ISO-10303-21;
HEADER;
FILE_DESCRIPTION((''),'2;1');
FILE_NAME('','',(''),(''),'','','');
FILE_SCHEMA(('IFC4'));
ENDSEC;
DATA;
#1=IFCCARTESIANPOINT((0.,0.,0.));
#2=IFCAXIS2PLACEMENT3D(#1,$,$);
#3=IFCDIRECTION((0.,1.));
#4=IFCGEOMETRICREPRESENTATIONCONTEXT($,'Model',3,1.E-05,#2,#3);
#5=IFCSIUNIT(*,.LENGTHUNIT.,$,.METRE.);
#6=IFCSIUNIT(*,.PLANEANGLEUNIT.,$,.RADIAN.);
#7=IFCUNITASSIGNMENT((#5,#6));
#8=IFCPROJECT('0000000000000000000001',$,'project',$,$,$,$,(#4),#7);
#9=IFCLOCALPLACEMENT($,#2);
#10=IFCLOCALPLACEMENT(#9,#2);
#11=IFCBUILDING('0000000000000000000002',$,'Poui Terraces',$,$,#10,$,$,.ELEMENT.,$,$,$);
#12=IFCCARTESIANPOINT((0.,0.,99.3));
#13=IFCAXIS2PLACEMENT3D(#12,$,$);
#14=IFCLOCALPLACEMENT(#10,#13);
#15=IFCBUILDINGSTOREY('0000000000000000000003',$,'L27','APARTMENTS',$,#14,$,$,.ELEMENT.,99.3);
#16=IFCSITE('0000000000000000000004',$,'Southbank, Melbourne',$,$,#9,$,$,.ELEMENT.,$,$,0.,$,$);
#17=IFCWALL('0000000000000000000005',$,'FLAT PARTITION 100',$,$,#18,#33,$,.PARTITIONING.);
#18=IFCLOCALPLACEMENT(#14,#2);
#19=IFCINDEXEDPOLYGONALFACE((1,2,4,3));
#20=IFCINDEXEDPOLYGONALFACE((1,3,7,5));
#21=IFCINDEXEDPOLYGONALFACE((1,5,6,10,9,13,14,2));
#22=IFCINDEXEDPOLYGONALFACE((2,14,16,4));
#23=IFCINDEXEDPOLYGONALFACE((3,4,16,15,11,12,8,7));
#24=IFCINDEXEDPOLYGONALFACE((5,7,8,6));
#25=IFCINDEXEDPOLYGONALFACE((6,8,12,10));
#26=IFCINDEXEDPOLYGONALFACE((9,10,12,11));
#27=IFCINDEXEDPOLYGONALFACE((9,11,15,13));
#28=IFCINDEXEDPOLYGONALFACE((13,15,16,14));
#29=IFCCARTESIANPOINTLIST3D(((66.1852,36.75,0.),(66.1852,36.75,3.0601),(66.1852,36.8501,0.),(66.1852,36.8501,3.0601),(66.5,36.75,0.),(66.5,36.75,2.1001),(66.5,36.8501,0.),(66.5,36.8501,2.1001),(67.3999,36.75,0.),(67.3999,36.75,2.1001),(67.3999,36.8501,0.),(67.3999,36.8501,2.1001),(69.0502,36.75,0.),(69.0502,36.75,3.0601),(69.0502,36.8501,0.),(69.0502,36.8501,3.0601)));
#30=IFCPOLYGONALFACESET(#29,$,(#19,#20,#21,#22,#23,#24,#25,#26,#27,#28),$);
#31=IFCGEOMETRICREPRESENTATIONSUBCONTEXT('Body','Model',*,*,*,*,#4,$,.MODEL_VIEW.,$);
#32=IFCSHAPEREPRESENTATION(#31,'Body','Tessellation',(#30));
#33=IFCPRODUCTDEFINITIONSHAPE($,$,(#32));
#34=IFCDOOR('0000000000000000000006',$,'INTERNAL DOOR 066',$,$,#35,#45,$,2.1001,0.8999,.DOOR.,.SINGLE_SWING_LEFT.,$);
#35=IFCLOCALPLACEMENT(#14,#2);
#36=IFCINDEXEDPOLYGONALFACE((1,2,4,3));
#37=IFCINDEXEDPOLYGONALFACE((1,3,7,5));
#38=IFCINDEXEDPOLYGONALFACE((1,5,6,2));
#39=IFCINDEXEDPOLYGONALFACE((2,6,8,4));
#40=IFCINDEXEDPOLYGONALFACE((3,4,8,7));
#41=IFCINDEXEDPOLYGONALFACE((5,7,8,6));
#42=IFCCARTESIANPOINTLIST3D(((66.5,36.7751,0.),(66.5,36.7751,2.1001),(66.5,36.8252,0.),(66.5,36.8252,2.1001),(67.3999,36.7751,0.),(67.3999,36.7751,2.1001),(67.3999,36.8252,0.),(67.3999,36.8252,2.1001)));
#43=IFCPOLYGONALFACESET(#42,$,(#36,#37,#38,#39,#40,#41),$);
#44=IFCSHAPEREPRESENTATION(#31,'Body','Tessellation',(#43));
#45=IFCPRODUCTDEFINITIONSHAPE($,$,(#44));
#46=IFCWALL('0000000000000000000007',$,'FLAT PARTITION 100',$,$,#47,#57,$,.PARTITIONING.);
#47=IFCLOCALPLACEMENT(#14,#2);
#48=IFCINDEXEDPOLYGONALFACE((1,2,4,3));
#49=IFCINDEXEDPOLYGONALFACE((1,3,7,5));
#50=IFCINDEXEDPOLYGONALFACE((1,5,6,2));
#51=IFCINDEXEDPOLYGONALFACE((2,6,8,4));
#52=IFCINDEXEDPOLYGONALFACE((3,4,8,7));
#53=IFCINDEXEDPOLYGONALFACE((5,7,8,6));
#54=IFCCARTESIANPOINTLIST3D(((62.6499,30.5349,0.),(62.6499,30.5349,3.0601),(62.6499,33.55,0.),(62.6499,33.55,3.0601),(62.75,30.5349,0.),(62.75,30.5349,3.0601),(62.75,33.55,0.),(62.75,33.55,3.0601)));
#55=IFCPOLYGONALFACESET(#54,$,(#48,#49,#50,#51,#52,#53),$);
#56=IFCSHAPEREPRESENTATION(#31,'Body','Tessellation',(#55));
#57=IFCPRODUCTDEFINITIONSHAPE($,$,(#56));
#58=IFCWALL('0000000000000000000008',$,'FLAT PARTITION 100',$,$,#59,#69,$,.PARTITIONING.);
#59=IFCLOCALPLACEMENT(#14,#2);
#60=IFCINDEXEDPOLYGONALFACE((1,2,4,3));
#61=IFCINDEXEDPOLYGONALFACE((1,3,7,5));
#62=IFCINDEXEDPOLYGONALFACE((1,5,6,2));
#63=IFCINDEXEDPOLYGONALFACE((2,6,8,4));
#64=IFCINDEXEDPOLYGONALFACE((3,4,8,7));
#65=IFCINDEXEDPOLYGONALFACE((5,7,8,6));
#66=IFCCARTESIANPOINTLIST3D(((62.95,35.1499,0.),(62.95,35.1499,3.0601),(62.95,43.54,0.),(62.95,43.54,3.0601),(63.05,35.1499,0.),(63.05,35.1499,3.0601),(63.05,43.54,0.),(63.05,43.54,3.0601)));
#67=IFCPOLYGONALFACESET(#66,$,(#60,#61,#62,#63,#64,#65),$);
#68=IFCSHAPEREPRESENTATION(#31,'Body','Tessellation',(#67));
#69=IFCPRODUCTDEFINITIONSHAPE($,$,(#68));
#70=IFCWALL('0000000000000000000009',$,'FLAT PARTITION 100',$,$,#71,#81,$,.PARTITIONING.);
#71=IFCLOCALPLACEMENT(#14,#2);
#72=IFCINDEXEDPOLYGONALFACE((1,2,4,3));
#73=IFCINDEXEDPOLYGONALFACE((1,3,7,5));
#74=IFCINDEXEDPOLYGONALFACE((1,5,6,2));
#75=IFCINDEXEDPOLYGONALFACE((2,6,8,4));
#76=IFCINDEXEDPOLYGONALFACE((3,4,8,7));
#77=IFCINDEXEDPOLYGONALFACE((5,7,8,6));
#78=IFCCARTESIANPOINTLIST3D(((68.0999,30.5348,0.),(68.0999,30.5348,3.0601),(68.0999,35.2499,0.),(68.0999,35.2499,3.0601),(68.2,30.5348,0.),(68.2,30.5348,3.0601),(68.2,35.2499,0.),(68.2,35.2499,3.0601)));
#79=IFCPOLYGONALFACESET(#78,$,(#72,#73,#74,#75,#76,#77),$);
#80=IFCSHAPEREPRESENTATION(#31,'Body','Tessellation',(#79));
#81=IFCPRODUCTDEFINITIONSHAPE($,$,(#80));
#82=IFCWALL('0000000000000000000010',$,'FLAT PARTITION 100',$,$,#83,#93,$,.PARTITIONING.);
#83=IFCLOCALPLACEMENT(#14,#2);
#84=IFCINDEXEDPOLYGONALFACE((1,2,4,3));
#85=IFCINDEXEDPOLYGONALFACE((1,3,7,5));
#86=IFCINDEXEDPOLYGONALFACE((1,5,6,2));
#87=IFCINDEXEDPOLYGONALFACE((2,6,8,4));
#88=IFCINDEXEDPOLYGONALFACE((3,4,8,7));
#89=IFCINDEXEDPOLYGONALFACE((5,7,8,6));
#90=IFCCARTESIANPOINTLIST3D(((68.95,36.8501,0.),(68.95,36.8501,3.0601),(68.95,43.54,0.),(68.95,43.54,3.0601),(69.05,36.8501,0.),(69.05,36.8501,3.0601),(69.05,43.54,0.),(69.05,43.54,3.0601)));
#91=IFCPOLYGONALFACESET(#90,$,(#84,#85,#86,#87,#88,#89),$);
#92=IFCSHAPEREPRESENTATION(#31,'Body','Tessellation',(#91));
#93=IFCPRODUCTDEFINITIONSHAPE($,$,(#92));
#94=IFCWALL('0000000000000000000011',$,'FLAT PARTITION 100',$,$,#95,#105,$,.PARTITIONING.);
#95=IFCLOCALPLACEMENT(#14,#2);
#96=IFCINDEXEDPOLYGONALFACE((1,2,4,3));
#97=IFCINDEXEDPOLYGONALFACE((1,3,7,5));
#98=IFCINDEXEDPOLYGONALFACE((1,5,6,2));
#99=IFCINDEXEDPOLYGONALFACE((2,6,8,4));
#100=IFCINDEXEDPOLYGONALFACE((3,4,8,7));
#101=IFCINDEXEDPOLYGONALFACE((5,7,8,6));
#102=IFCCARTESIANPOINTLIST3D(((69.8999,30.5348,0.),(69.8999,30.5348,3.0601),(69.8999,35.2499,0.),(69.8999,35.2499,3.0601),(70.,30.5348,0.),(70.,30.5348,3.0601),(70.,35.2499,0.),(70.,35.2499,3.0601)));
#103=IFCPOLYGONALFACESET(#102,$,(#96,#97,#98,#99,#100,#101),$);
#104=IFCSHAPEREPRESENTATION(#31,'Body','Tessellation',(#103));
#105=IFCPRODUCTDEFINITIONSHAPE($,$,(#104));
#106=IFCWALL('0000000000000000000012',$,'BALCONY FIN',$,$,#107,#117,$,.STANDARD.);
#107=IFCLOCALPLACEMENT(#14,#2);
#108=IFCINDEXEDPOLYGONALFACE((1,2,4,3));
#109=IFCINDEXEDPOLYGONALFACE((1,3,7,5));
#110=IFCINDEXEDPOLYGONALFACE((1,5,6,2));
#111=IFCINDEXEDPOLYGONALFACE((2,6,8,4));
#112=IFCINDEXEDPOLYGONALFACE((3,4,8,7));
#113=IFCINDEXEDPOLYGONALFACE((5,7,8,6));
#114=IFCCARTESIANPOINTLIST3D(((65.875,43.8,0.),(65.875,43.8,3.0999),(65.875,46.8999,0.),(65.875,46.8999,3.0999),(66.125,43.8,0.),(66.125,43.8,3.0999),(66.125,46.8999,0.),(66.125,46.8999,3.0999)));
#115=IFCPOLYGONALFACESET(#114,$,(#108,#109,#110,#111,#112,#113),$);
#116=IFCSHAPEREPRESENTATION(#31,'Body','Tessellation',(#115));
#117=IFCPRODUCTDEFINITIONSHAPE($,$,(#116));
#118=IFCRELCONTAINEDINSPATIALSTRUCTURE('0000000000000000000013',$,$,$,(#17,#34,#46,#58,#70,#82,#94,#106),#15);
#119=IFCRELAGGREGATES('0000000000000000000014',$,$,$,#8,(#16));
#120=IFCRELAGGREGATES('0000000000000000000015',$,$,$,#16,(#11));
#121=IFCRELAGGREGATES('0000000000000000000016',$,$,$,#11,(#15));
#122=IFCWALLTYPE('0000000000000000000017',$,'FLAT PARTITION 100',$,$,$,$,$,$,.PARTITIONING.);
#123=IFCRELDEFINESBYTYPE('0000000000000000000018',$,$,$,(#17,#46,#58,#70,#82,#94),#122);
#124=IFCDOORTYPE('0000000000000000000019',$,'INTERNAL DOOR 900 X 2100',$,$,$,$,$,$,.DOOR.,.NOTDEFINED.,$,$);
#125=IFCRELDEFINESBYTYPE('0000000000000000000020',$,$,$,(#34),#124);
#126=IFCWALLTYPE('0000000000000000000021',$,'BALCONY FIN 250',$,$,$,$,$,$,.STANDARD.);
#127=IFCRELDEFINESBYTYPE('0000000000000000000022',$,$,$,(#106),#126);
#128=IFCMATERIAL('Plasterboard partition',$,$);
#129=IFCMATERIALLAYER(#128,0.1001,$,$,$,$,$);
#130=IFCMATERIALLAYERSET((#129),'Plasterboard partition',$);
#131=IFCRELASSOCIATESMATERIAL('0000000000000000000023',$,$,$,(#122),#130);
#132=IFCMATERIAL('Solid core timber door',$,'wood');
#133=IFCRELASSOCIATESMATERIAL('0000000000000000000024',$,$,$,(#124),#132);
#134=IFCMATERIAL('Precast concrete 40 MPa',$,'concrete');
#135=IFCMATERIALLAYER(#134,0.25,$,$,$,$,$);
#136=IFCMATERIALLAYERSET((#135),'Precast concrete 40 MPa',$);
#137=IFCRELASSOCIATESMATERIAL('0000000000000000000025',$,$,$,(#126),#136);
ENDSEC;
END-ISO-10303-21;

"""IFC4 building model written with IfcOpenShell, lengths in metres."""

from ifc_helpers import new_model, si_unit, direction, frame, frame_2d, origin, place, context, subcontext, project, spatial, polyline, rectangle, outline, extrude, source, transform, mapped, material, layer, layer_set, type_object, element, fill, save


model = new_model("IFC4")

# Units and contexts
model_context = context("Model", 3, precision=1e-05, world=origin(), true_north=direction((0.0, 1.0)))
body_context = subcontext(model_context, "Body", "Model", "MODEL_VIEW")
ifc_project = project(units=[si_unit("LENGTHUNIT", "METRE"), si_unit("PLANEANGLEUNIT", "RADIAN")], contexts=[model_context])

# Site, building, storey
site_placement = place(None, origin())
site = spatial("IfcSite", under=ifc_project, at=site_placement, Name="Southbank, Melbourne", CompositionType="ELEMENT", RefElevation=0.0)
building_placement = place(site_placement, origin())
building = spatial("IfcBuilding", under=site, at=building_placement, Name="Poui Terraces", CompositionType="ELEMENT")
storey_placement = place(building_placement, frame((0.0, 0.0, 99.3)))
storey = spatial("IfcBuildingStorey", under=building, at=storey_placement, Name="L27", Description="APARTMENTS", CompositionType="ELEMENT", Elevation=99.3)

# Shared definitions
ifc_material_1 = material(Name="Plasterboard partition")
ifc_layer_1 = layer(ifc_material_1, 0.1001)
ifc_layer_set_1 = layer_set([ifc_layer_1], Name="Plasterboard partition")
wall_type_1 = type_object("IfcWallType", Name="FLAT PARTITION 100", PredefinedType="PARTITIONING", material=ifc_layer_set_1)
ifc_material_2 = material(Name="Solid core timber door", Category="wood")

# Shared definitions
door_type_1 = type_object("IfcDoorType", Name="INTERNAL DOOR 900 X 2100", OperationType="NOTDEFINED", PredefinedType="DOOR", material=ifc_material_2)

# Wall, opening, door
wall_1_placement = place(storey_placement, frame((66.1851, 36.8, 0.0), z_axis=(0.0, 0.0, 1.0), x_axis=(1.0, 0.0, 0.0)))
wall_1 = element("IfcWall", 1, at=wall_1_placement, inside=storey, type_object=wall_type_1, Name="FLAT PARTITION 100", PredefinedType="PARTITIONING", context=body_context, shape_type="SweptSolid", body=[
    extrude(rectangle(XDim=2.865, YDim=0.1001, at=frame_2d((1.4326, 0.0))), origin(), (0.0, 0.0, 1.0), 3.0601),
])
opening_1_placement = place(wall_1_placement, frame((0.3149, 0.0, 0.0)))
opening_1 = element("IfcOpeningElement", 2, at=opening_1_placement, cuts=wall_1, PredefinedType="OPENING", context=body_context, shape_type="SweptSolid", body=[
    extrude(rectangle(XDim=0.8999, YDim=2.1001, at=frame_2d((0.45, 1.05))), frame((0.0, 0.0601, 0.0), z_axis=(0.0, -1.0, 0.0), x_axis=(1.0, 0.0, 0.0)), (0.0, 0.0, 1.0), 0.1201),
])
door_1_placement = place(opening_1_placement, frame((0.8999, 0.0, 0.0), z_axis=(0.0, 0.0, 1.0), x_axis=(-1.0, 0.0, 0.0)))
door_1 = element("IfcDoor", 3, at=door_1_placement, inside=storey, type_object=door_type_1, Name="INTERNAL DOOR 066", OperationType="SINGLE_SWING_LEFT", OverallHeight=2.1001, OverallWidth=0.8999, PredefinedType="DOOR", context=body_context, shape_type="SweptSolid", body=[
    extrude(rectangle(XDim=0.8999, YDim=2.1001, at=frame_2d((0.45, 1.05))), frame((0.0, 0.0249, 0.0), z_axis=(0.0, -1.0, 0.0), x_axis=(1.0, 0.0, 0.0)), (0.0, 0.0, 1.0), 0.05),
])
fill(opening_1, door_1)

# Walls
wall_2_placement = place(storey_placement, frame((62.7, 30.5349, 0.0), z_axis=(0.0, 0.0, 1.0), x_axis=(0.0, 1.0, 0.0)))
element("IfcWall", 4, at=wall_2_placement, inside=storey, type_object=wall_type_1, Name="FLAT PARTITION 100", PredefinedType="PARTITIONING", context=body_context, shape_type="SweptSolid", body=[
    extrude(rectangle(XDim=3.0151, YDim=0.1001, at=frame_2d((1.5076, 0.0))), origin(), (0.0, 0.0, 1.0), 3.0601),
])
wall_3_placement = place(storey_placement, frame((63.0, 35.1499, 0.0), z_axis=(0.0, 0.0, 1.0), x_axis=(0.0, 1.0, 0.0)))
element("IfcWall", 5, at=wall_3_placement, inside=storey, type_object=wall_type_1, Name="FLAT PARTITION 100", PredefinedType="PARTITIONING", context=body_context, shape_type="SweptSolid", body=[
    extrude(rectangle(XDim=8.3901, YDim=0.1001, at=frame_2d((4.1951, 0.0))), origin(), (0.0, 0.0, 1.0), 3.0601),
])
wall_4_placement = place(storey_placement, frame((68.1499, 30.5349, 0.0), z_axis=(0.0, 0.0, 1.0), x_axis=(0.0, 1.0, 0.0)))
element("IfcWall", 6, at=wall_4_placement, inside=storey, type_object=wall_type_1, Name="FLAT PARTITION 100", PredefinedType="PARTITIONING", context=body_context, shape_type="SweptSolid", body=[
    extrude(rectangle(XDim=4.7151, YDim=0.1001, at=frame_2d((2.3574, 0.0))), origin(), (0.0, 0.0, 1.0), 3.0601),
])
wall_5_placement = place(storey_placement, frame((69.0, 36.8501, 0.0), z_axis=(0.0, 0.0, 1.0), x_axis=(0.0, 1.0, 0.0)))
element("IfcWall", 7, at=wall_5_placement, inside=storey, type_object=wall_type_1, Name="FLAT PARTITION 100", PredefinedType="PARTITIONING", context=body_context, shape_type="SweptSolid", body=[
    extrude(rectangle(XDim=6.6899, YDim=0.1001, at=frame_2d((3.345, 0.0))), origin(), (0.0, 0.0, 1.0), 3.0601),
])
wall_6_placement = place(storey_placement, frame((69.95, 30.5349, 0.0), z_axis=(0.0, 0.0, 1.0), x_axis=(0.0, 1.0, 0.0)))
element("IfcWall", 8, at=wall_6_placement, inside=storey, type_object=wall_type_1, Name="FLAT PARTITION 100", PredefinedType="PARTITIONING", context=body_context, shape_type="SweptSolid", body=[
    extrude(rectangle(XDim=4.7151, YDim=0.1001, at=frame_2d((2.3574, 0.0))), origin(), (0.0, 0.0, 1.0), 3.0601),
])
ifc_material_3 = material(Name="Precast concrete 40 MPa", Category="concrete")
ifc_layer_2 = layer(ifc_material_3, 0.25)
ifc_layer_set_2 = layer_set([ifc_layer_2], Name="Precast concrete 40 MPa")
wall_type_2 = type_object("IfcWallType", Name="BALCONY FIN 250", PredefinedType="STANDARD", material=ifc_layer_set_2)
shared_shape_1 = source(origin(), body_context, "Body", "SweptSolid", [
    extrude(outline(polyline([(0.0, 0.0), (0.25, 0.0), (0.25, 3.0999), (0.0, 3.0999), (0.0, 0.0)])), origin(), (0.0, 0.0, 1.0), 3.0999),
])
wall_7_placement = place(storey_placement, frame((65.875, 43.8, 0.0)))
element("IfcWall", 9, at=wall_7_placement, inside=storey, type_object=wall_type_2, Name="BALCONY FIN", PredefinedType="STANDARD", context=body_context, shape_type="MappedRepresentation", body=[
    mapped(shared_shape_1, transform((0.0, 0.0, 0.0))),
])

save(model, "model.ifc")
